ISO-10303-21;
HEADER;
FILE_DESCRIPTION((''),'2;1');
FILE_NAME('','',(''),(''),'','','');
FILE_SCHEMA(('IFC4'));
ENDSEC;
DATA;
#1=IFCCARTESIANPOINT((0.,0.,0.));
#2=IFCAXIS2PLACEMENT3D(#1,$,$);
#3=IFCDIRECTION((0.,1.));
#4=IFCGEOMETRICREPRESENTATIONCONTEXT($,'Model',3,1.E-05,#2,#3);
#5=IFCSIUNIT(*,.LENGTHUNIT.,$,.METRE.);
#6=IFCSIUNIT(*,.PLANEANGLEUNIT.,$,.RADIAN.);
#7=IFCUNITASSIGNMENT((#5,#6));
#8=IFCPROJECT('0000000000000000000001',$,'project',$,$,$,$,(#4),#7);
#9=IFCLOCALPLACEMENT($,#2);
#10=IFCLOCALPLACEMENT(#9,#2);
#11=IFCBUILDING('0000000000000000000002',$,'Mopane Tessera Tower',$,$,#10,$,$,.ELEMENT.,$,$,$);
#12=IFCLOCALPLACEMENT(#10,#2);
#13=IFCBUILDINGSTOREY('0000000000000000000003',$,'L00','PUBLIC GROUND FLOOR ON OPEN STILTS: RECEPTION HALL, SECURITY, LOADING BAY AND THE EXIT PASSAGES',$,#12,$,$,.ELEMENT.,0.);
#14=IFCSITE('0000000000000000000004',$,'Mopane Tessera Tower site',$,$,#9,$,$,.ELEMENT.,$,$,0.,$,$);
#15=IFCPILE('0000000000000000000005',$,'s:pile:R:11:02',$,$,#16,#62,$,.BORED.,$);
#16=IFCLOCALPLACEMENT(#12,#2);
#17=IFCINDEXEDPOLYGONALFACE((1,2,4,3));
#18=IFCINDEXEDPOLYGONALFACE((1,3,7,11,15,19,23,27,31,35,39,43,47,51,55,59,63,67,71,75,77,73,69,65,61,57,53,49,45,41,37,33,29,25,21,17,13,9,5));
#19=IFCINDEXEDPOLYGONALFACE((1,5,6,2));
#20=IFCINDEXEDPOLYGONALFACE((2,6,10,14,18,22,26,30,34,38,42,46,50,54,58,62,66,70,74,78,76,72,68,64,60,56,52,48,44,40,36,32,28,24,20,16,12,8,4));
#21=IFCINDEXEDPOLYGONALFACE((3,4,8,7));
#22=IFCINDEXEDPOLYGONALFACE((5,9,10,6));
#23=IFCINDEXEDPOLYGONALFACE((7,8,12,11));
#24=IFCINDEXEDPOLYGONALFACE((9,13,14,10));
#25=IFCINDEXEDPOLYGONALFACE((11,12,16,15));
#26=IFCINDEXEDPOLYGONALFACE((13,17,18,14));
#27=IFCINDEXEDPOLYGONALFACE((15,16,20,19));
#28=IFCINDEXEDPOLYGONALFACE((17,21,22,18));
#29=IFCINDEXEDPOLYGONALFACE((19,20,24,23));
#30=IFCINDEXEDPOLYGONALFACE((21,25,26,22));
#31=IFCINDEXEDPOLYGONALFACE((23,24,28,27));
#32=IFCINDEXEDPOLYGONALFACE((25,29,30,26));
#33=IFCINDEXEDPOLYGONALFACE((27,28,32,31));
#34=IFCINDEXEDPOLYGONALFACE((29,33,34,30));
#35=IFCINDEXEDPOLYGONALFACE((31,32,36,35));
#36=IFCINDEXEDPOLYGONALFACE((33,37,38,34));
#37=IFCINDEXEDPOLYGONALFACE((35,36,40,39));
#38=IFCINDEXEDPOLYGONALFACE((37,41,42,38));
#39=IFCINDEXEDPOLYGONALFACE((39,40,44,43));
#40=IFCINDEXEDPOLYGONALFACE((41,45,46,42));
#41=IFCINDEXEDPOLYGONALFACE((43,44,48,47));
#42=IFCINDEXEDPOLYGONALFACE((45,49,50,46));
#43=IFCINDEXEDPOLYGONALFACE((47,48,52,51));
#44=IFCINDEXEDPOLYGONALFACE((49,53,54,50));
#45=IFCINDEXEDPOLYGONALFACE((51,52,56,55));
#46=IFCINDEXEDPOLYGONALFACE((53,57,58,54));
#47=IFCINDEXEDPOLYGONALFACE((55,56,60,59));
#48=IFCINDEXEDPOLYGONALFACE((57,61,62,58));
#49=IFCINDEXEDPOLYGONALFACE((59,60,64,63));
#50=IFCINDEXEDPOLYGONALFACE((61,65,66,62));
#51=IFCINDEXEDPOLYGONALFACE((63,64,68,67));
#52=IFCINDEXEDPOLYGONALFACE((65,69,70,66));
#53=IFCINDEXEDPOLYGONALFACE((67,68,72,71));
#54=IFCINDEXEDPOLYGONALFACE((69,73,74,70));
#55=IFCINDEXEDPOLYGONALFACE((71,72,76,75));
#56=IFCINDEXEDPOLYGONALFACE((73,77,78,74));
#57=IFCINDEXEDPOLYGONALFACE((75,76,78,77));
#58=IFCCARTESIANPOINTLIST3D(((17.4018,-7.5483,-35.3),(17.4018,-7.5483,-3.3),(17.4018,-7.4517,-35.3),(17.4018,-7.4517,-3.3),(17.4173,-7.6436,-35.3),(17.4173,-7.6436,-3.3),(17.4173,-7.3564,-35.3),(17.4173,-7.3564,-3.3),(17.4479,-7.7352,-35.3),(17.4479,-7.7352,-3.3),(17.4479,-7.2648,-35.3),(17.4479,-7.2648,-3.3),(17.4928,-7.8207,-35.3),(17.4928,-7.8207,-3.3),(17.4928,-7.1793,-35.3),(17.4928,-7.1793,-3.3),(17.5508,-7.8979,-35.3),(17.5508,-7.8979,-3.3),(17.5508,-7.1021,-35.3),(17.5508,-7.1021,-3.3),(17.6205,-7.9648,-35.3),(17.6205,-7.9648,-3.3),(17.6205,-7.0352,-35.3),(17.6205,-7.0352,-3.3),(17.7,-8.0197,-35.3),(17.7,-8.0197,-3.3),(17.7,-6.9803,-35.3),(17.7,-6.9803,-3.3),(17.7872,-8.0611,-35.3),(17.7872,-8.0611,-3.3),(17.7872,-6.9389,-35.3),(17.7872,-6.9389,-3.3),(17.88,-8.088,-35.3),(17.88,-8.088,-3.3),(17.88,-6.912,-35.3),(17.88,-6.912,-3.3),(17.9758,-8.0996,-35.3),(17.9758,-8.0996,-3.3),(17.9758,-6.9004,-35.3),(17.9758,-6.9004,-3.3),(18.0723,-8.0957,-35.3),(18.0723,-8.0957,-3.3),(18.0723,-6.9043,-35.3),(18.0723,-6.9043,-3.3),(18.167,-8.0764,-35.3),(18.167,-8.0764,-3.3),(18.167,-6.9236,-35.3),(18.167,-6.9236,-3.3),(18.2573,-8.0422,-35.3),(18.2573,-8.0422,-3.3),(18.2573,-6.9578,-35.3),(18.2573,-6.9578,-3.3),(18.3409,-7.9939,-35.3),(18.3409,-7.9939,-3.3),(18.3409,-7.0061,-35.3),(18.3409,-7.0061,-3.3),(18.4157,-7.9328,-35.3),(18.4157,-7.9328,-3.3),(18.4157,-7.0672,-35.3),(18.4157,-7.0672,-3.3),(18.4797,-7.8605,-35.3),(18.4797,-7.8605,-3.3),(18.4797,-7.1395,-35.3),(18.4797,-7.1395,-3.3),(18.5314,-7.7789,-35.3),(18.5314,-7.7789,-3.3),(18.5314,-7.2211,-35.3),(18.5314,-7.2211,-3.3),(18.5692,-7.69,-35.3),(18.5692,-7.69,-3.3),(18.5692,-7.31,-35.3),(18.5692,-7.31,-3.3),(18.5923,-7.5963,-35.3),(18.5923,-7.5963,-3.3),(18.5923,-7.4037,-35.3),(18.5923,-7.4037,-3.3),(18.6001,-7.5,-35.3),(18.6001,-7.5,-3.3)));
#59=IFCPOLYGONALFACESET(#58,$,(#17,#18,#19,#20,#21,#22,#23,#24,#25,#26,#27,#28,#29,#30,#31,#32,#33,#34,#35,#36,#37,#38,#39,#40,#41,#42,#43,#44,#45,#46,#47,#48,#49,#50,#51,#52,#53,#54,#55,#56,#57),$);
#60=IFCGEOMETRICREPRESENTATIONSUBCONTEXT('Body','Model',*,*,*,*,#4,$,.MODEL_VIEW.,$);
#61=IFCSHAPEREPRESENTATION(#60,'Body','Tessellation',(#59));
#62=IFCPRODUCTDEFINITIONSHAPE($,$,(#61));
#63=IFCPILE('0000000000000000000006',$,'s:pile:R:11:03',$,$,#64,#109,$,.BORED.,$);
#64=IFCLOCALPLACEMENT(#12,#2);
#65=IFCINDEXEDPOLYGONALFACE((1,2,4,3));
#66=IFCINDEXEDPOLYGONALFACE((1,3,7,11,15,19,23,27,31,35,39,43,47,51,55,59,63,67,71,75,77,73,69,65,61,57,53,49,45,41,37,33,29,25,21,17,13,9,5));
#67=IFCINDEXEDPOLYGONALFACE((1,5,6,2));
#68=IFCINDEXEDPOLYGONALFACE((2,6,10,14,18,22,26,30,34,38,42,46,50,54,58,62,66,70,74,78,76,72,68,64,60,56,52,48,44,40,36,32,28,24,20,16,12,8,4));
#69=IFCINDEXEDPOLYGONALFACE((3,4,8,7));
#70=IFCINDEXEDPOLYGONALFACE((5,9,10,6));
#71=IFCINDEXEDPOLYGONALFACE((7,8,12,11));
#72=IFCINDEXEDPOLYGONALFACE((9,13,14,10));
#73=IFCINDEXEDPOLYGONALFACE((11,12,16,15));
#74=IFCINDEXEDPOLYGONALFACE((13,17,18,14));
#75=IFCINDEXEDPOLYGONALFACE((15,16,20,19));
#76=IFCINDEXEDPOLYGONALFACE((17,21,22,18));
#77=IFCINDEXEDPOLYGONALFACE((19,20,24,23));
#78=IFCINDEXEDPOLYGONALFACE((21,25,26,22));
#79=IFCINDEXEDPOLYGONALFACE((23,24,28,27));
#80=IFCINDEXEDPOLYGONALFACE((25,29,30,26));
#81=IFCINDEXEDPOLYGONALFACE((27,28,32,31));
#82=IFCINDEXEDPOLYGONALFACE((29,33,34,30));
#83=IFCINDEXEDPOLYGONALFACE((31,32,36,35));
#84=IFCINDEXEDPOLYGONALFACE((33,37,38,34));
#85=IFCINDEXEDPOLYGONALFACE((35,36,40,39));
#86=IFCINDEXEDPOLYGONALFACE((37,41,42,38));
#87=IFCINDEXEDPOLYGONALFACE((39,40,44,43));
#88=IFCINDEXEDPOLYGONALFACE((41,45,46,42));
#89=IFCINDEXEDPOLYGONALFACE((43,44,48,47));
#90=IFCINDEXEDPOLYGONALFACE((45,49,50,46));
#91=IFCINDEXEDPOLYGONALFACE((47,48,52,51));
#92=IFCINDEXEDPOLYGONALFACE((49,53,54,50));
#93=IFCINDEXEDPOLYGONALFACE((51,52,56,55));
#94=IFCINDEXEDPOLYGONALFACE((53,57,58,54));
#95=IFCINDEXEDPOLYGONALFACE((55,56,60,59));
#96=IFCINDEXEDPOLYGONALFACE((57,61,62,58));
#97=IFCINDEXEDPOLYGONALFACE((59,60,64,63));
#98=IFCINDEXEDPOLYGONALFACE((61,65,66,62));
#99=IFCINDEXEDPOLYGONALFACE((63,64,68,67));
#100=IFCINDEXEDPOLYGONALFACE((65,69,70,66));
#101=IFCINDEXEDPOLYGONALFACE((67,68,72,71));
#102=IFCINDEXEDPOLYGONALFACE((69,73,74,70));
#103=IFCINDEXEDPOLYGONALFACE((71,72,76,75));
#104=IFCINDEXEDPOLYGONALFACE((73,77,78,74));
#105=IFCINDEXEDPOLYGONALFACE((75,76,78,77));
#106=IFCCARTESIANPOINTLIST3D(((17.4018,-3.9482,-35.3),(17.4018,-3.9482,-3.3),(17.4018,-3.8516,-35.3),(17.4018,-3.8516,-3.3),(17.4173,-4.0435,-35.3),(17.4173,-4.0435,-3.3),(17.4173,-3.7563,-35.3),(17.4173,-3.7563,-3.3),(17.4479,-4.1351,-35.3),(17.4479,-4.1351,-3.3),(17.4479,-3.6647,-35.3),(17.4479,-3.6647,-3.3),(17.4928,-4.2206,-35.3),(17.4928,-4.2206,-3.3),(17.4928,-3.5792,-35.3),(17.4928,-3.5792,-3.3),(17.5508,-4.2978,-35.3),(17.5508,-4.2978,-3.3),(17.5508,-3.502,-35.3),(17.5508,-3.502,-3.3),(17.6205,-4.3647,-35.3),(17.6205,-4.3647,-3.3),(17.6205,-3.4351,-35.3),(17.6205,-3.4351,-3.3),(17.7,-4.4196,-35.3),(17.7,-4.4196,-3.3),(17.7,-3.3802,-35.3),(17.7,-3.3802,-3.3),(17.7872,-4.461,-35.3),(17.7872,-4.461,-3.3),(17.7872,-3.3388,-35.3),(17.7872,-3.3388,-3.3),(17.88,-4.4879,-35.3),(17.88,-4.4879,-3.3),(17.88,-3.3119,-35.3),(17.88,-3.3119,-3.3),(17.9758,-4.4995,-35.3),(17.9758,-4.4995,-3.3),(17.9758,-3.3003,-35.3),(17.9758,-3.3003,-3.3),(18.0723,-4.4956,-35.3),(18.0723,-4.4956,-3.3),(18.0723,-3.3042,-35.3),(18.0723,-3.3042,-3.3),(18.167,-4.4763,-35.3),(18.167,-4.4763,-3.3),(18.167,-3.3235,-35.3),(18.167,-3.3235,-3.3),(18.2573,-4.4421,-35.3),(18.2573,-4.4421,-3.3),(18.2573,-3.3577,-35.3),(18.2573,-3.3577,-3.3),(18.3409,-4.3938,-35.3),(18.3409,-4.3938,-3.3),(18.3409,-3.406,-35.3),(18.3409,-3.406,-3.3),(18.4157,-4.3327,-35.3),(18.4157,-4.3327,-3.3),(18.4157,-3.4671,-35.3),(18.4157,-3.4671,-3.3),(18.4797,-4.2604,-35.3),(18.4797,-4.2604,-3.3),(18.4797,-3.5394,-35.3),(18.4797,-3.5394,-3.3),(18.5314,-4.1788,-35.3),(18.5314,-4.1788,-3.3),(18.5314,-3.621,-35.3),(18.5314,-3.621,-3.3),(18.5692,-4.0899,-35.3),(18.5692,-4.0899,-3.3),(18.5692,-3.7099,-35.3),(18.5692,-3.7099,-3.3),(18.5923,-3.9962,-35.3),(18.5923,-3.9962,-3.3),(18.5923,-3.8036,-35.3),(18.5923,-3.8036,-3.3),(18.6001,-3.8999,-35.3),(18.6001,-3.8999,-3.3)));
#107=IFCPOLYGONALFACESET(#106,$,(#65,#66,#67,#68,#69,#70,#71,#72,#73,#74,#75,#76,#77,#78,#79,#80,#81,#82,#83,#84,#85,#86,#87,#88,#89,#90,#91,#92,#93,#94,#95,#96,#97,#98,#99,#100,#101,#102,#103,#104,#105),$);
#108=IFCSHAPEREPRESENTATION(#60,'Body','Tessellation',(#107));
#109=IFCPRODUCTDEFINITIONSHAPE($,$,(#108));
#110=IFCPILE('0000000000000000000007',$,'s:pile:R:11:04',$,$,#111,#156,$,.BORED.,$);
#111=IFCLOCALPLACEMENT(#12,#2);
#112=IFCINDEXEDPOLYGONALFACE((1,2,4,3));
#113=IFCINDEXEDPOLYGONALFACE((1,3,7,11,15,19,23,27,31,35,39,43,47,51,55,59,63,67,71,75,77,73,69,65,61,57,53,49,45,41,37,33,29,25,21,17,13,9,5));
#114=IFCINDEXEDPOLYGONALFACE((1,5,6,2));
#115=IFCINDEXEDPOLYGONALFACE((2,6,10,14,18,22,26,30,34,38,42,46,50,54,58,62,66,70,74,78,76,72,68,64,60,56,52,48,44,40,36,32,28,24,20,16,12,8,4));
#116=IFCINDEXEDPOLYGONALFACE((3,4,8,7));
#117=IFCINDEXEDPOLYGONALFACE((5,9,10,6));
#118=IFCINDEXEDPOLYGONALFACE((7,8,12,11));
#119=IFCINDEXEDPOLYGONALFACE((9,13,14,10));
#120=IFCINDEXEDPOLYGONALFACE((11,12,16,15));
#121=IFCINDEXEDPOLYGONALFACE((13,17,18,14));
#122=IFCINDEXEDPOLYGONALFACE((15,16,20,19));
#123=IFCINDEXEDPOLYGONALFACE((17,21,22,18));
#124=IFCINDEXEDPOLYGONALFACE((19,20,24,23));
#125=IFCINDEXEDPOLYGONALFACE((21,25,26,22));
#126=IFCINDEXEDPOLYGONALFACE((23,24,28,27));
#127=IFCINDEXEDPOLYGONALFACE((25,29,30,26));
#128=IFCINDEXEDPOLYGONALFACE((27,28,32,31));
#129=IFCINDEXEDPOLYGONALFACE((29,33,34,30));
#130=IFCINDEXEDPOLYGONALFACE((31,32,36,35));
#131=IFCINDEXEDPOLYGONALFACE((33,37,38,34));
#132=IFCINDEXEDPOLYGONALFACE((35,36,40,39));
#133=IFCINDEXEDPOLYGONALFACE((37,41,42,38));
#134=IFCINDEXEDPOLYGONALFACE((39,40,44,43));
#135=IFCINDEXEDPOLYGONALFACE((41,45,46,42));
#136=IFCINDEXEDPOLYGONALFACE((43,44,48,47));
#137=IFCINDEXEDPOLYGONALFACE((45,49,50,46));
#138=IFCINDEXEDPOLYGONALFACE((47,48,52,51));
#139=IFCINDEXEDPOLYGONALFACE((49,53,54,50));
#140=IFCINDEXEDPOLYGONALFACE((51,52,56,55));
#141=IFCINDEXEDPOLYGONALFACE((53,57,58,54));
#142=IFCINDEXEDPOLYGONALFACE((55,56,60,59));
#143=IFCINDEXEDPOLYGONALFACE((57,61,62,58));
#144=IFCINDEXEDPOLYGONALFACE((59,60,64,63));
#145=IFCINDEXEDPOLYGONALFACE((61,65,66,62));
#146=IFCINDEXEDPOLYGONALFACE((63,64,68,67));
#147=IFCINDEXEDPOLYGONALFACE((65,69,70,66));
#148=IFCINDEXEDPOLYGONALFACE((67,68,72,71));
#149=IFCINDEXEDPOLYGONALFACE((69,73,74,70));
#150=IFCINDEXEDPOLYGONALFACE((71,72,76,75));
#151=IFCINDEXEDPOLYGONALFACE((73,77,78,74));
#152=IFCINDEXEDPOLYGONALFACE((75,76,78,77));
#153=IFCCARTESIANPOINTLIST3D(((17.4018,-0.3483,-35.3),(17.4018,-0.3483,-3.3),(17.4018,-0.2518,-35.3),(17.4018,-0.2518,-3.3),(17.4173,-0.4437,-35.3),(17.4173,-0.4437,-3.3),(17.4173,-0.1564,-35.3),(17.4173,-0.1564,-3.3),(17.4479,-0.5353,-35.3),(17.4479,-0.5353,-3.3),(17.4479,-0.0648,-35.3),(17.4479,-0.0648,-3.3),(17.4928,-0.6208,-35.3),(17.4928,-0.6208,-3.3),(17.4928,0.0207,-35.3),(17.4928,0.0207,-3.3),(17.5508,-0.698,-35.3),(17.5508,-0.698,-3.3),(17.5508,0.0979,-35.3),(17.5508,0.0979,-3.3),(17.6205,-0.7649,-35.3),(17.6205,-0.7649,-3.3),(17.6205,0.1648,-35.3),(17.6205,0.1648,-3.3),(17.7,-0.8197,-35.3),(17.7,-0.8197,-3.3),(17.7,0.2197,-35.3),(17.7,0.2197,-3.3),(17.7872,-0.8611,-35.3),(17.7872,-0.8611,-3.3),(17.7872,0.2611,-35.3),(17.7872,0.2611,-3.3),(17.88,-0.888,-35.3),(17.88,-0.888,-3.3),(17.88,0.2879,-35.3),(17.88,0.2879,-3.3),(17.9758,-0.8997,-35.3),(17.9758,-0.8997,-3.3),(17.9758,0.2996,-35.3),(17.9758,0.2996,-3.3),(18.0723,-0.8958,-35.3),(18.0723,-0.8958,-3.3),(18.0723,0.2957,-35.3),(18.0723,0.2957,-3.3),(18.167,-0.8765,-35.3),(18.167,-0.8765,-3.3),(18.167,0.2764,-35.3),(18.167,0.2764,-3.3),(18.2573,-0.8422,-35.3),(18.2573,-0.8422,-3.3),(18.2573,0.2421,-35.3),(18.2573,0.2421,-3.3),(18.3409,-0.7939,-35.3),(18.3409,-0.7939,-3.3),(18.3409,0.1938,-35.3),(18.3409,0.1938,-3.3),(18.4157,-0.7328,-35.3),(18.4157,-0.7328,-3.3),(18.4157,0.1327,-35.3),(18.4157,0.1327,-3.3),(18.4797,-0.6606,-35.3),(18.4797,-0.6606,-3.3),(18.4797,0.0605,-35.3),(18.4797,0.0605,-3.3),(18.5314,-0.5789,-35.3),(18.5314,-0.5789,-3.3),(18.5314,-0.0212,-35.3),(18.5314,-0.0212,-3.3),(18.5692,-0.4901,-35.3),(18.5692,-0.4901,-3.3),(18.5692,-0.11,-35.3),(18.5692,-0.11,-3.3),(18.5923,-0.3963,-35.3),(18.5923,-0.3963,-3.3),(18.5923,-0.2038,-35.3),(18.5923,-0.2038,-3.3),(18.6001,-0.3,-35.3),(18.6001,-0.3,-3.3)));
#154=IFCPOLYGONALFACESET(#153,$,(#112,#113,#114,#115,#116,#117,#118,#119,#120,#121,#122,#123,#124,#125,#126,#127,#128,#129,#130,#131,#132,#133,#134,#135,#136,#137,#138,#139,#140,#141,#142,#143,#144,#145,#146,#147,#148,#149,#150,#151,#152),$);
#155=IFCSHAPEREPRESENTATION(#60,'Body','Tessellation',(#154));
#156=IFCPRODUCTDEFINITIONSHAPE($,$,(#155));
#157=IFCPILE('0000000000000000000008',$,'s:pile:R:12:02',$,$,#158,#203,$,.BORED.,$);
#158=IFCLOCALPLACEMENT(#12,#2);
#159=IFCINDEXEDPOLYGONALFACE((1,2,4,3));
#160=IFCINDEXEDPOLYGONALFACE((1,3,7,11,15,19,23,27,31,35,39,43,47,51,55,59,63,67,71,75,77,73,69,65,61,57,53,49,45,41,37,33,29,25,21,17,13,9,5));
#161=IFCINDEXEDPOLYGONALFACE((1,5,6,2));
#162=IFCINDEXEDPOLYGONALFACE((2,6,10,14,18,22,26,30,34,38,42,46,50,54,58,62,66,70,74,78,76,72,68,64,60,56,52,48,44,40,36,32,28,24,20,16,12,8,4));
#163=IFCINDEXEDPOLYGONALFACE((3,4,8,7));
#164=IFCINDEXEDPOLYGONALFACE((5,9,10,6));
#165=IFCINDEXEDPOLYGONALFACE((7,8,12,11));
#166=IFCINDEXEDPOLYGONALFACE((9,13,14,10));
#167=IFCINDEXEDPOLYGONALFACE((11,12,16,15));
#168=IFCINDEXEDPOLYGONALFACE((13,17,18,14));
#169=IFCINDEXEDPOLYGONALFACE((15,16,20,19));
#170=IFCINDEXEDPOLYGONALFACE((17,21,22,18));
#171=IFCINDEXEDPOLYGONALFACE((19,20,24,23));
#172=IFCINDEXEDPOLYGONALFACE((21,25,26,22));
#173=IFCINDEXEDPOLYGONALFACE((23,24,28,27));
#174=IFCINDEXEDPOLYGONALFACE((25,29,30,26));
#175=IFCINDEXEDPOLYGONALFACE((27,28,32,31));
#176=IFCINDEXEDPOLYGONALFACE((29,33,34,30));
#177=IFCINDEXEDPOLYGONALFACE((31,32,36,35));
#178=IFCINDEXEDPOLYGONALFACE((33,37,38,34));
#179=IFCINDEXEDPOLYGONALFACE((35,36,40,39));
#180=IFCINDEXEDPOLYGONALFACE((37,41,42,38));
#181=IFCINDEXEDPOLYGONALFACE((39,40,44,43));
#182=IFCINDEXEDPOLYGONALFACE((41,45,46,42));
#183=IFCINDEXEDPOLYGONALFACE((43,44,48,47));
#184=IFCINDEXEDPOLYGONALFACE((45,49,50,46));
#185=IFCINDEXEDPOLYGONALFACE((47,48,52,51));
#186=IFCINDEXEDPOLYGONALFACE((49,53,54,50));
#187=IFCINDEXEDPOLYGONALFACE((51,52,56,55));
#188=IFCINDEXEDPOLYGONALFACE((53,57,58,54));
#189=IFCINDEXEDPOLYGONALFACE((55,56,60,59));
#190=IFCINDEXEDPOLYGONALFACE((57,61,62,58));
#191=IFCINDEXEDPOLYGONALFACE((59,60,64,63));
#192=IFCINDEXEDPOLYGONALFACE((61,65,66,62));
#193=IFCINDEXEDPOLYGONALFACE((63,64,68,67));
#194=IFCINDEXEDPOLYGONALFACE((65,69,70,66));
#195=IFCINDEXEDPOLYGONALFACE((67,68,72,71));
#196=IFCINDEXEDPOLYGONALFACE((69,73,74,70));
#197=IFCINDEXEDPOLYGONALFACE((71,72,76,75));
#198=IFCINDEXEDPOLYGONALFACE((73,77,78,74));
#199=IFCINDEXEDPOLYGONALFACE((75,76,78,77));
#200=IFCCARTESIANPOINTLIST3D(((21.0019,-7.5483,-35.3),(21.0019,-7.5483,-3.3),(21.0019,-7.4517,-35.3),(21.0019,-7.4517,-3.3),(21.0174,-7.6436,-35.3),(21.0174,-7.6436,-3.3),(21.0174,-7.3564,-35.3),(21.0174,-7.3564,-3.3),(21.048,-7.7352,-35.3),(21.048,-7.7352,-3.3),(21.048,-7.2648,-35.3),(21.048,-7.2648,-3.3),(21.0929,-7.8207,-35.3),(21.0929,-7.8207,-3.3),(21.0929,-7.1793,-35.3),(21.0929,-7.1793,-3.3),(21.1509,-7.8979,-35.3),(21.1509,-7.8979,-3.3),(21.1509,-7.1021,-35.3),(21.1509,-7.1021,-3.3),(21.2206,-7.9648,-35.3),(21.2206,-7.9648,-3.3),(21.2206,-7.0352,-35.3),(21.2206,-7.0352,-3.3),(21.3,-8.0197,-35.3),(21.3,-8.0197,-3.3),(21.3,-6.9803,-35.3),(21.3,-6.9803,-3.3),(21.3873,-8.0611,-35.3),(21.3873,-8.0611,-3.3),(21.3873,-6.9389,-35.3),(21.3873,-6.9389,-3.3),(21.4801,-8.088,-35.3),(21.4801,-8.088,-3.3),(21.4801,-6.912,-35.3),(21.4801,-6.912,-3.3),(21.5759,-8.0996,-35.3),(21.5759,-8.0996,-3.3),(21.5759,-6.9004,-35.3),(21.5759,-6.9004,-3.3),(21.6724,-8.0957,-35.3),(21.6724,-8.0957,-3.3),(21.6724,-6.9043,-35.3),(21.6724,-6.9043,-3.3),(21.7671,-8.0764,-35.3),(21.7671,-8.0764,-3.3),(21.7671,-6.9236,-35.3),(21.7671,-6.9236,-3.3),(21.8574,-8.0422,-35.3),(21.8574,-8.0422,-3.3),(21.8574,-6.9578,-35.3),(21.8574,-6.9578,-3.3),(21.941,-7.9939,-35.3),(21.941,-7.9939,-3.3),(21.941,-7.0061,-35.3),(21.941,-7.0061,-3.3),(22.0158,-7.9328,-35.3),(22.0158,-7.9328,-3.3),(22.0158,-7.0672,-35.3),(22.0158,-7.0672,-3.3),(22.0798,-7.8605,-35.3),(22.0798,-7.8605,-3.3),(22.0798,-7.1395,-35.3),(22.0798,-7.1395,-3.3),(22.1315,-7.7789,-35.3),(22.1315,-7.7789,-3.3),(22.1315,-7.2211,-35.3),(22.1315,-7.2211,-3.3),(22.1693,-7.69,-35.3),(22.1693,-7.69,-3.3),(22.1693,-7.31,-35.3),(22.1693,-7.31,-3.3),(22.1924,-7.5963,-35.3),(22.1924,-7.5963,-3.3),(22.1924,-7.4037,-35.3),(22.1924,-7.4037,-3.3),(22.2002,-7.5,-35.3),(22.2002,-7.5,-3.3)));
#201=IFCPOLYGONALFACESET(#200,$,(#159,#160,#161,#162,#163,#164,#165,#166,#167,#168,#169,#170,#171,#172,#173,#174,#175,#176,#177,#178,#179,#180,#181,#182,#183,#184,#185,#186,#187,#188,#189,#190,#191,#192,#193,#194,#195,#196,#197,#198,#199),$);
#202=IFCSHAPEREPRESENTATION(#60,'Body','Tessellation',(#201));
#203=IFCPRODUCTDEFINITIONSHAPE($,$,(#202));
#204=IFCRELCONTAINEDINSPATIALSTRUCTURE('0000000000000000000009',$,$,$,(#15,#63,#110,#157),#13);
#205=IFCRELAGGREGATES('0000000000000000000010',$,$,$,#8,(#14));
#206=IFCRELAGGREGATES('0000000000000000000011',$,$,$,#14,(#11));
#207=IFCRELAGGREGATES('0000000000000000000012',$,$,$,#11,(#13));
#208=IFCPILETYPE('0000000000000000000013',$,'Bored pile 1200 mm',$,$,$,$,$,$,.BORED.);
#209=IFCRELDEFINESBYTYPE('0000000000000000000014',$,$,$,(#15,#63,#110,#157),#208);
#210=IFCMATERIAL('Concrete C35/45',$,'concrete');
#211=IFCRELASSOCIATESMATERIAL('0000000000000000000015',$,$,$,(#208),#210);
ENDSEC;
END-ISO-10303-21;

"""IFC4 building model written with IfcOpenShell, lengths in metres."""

from ifc_helpers import new_model, si_unit, direction, frame, origin, origin_2d, place, context, subcontext, project, spatial, circle, extrude, material, material_profile, profile_set, type_object, element, save


model = new_model("IFC4")

# Units and contexts
model_context = context("Model", 3, precision=1e-05, world=origin(), true_north=direction((0.0, 1.0)))
body_context = subcontext(model_context, "Body", "Model", "MODEL_VIEW")
ifc_project = project(units=[si_unit("LENGTHUNIT", "METRE"), si_unit("PLANEANGLEUNIT", "RADIAN")], contexts=[model_context])

# Site, building, storey
site_placement = place(None, origin())
site = spatial("IfcSite", under=ifc_project, at=site_placement, Name="Mopane Tessera Tower site", CompositionType="ELEMENT", RefElevation=0.0)
building_placement = place(site_placement, origin())
building = spatial("IfcBuilding", under=site, at=building_placement, Name="Mopane Tessera Tower", CompositionType="ELEMENT")
storey_placement = place(building_placement, origin())
storey = spatial("IfcBuildingStorey", under=building, at=storey_placement, Name="L00", Description="PUBLIC GROUND FLOOR ON OPEN STILTS: RECEPTION HALL, SECURITY, LOADING BAY AND THE EXIT PASSAGES", CompositionType="ELEMENT", Elevation=0.0)

# Piles
ifc_material_1 = material(Name="Concrete C35/45", Category="concrete")
ifc_material_profile_1 = material_profile(ifc_material_1, circle(Radius=0.6001, at=origin_2d()))
ifc_profile_set_1 = profile_set([ifc_material_profile_1], Name="Concrete C35/45")
pile_type_1 = type_object("IfcPileType", Name="Bored pile 1200 mm", PredefinedType="BORED", material=ifc_profile_set_1)
for number, where, z_axis, x_axis, name in (
    (1, (18.0, -7.5, -3.3), (0.0, 0.0, -1.0), (1.0, 0.0, 0.0), "s:pile:R:11:02"),
    (2, (18.0, -3.8999, -3.3), (0.0, 0.0, -1.0), (1.0, 0.0, 0.0), "s:pile:R:11:03"),
    (3, (18.0, -0.3, -3.3), (0.0, 0.0, -1.0), (1.0, 0.0, 0.0), "s:pile:R:11:04"),
    (4, (21.6001, -7.5, -3.3), (0.0, 0.0, -1.0), (1.0, 0.0, 0.0), "s:pile:R:12:02"),
):
    element("IfcPile", number, at=place(storey_placement, frame(where, z_axis=z_axis, x_axis=x_axis)), inside=storey, type_object=pile_type_1, Name=name, PredefinedType="BORED", context=body_context, shape_type="SweptSolid", body=[
        extrude(circle(Radius=0.6001, at=origin_2d()), origin(), (0.0, 0.0, 1.0), 32.0),
    ])

save(model, "model.ifc")
